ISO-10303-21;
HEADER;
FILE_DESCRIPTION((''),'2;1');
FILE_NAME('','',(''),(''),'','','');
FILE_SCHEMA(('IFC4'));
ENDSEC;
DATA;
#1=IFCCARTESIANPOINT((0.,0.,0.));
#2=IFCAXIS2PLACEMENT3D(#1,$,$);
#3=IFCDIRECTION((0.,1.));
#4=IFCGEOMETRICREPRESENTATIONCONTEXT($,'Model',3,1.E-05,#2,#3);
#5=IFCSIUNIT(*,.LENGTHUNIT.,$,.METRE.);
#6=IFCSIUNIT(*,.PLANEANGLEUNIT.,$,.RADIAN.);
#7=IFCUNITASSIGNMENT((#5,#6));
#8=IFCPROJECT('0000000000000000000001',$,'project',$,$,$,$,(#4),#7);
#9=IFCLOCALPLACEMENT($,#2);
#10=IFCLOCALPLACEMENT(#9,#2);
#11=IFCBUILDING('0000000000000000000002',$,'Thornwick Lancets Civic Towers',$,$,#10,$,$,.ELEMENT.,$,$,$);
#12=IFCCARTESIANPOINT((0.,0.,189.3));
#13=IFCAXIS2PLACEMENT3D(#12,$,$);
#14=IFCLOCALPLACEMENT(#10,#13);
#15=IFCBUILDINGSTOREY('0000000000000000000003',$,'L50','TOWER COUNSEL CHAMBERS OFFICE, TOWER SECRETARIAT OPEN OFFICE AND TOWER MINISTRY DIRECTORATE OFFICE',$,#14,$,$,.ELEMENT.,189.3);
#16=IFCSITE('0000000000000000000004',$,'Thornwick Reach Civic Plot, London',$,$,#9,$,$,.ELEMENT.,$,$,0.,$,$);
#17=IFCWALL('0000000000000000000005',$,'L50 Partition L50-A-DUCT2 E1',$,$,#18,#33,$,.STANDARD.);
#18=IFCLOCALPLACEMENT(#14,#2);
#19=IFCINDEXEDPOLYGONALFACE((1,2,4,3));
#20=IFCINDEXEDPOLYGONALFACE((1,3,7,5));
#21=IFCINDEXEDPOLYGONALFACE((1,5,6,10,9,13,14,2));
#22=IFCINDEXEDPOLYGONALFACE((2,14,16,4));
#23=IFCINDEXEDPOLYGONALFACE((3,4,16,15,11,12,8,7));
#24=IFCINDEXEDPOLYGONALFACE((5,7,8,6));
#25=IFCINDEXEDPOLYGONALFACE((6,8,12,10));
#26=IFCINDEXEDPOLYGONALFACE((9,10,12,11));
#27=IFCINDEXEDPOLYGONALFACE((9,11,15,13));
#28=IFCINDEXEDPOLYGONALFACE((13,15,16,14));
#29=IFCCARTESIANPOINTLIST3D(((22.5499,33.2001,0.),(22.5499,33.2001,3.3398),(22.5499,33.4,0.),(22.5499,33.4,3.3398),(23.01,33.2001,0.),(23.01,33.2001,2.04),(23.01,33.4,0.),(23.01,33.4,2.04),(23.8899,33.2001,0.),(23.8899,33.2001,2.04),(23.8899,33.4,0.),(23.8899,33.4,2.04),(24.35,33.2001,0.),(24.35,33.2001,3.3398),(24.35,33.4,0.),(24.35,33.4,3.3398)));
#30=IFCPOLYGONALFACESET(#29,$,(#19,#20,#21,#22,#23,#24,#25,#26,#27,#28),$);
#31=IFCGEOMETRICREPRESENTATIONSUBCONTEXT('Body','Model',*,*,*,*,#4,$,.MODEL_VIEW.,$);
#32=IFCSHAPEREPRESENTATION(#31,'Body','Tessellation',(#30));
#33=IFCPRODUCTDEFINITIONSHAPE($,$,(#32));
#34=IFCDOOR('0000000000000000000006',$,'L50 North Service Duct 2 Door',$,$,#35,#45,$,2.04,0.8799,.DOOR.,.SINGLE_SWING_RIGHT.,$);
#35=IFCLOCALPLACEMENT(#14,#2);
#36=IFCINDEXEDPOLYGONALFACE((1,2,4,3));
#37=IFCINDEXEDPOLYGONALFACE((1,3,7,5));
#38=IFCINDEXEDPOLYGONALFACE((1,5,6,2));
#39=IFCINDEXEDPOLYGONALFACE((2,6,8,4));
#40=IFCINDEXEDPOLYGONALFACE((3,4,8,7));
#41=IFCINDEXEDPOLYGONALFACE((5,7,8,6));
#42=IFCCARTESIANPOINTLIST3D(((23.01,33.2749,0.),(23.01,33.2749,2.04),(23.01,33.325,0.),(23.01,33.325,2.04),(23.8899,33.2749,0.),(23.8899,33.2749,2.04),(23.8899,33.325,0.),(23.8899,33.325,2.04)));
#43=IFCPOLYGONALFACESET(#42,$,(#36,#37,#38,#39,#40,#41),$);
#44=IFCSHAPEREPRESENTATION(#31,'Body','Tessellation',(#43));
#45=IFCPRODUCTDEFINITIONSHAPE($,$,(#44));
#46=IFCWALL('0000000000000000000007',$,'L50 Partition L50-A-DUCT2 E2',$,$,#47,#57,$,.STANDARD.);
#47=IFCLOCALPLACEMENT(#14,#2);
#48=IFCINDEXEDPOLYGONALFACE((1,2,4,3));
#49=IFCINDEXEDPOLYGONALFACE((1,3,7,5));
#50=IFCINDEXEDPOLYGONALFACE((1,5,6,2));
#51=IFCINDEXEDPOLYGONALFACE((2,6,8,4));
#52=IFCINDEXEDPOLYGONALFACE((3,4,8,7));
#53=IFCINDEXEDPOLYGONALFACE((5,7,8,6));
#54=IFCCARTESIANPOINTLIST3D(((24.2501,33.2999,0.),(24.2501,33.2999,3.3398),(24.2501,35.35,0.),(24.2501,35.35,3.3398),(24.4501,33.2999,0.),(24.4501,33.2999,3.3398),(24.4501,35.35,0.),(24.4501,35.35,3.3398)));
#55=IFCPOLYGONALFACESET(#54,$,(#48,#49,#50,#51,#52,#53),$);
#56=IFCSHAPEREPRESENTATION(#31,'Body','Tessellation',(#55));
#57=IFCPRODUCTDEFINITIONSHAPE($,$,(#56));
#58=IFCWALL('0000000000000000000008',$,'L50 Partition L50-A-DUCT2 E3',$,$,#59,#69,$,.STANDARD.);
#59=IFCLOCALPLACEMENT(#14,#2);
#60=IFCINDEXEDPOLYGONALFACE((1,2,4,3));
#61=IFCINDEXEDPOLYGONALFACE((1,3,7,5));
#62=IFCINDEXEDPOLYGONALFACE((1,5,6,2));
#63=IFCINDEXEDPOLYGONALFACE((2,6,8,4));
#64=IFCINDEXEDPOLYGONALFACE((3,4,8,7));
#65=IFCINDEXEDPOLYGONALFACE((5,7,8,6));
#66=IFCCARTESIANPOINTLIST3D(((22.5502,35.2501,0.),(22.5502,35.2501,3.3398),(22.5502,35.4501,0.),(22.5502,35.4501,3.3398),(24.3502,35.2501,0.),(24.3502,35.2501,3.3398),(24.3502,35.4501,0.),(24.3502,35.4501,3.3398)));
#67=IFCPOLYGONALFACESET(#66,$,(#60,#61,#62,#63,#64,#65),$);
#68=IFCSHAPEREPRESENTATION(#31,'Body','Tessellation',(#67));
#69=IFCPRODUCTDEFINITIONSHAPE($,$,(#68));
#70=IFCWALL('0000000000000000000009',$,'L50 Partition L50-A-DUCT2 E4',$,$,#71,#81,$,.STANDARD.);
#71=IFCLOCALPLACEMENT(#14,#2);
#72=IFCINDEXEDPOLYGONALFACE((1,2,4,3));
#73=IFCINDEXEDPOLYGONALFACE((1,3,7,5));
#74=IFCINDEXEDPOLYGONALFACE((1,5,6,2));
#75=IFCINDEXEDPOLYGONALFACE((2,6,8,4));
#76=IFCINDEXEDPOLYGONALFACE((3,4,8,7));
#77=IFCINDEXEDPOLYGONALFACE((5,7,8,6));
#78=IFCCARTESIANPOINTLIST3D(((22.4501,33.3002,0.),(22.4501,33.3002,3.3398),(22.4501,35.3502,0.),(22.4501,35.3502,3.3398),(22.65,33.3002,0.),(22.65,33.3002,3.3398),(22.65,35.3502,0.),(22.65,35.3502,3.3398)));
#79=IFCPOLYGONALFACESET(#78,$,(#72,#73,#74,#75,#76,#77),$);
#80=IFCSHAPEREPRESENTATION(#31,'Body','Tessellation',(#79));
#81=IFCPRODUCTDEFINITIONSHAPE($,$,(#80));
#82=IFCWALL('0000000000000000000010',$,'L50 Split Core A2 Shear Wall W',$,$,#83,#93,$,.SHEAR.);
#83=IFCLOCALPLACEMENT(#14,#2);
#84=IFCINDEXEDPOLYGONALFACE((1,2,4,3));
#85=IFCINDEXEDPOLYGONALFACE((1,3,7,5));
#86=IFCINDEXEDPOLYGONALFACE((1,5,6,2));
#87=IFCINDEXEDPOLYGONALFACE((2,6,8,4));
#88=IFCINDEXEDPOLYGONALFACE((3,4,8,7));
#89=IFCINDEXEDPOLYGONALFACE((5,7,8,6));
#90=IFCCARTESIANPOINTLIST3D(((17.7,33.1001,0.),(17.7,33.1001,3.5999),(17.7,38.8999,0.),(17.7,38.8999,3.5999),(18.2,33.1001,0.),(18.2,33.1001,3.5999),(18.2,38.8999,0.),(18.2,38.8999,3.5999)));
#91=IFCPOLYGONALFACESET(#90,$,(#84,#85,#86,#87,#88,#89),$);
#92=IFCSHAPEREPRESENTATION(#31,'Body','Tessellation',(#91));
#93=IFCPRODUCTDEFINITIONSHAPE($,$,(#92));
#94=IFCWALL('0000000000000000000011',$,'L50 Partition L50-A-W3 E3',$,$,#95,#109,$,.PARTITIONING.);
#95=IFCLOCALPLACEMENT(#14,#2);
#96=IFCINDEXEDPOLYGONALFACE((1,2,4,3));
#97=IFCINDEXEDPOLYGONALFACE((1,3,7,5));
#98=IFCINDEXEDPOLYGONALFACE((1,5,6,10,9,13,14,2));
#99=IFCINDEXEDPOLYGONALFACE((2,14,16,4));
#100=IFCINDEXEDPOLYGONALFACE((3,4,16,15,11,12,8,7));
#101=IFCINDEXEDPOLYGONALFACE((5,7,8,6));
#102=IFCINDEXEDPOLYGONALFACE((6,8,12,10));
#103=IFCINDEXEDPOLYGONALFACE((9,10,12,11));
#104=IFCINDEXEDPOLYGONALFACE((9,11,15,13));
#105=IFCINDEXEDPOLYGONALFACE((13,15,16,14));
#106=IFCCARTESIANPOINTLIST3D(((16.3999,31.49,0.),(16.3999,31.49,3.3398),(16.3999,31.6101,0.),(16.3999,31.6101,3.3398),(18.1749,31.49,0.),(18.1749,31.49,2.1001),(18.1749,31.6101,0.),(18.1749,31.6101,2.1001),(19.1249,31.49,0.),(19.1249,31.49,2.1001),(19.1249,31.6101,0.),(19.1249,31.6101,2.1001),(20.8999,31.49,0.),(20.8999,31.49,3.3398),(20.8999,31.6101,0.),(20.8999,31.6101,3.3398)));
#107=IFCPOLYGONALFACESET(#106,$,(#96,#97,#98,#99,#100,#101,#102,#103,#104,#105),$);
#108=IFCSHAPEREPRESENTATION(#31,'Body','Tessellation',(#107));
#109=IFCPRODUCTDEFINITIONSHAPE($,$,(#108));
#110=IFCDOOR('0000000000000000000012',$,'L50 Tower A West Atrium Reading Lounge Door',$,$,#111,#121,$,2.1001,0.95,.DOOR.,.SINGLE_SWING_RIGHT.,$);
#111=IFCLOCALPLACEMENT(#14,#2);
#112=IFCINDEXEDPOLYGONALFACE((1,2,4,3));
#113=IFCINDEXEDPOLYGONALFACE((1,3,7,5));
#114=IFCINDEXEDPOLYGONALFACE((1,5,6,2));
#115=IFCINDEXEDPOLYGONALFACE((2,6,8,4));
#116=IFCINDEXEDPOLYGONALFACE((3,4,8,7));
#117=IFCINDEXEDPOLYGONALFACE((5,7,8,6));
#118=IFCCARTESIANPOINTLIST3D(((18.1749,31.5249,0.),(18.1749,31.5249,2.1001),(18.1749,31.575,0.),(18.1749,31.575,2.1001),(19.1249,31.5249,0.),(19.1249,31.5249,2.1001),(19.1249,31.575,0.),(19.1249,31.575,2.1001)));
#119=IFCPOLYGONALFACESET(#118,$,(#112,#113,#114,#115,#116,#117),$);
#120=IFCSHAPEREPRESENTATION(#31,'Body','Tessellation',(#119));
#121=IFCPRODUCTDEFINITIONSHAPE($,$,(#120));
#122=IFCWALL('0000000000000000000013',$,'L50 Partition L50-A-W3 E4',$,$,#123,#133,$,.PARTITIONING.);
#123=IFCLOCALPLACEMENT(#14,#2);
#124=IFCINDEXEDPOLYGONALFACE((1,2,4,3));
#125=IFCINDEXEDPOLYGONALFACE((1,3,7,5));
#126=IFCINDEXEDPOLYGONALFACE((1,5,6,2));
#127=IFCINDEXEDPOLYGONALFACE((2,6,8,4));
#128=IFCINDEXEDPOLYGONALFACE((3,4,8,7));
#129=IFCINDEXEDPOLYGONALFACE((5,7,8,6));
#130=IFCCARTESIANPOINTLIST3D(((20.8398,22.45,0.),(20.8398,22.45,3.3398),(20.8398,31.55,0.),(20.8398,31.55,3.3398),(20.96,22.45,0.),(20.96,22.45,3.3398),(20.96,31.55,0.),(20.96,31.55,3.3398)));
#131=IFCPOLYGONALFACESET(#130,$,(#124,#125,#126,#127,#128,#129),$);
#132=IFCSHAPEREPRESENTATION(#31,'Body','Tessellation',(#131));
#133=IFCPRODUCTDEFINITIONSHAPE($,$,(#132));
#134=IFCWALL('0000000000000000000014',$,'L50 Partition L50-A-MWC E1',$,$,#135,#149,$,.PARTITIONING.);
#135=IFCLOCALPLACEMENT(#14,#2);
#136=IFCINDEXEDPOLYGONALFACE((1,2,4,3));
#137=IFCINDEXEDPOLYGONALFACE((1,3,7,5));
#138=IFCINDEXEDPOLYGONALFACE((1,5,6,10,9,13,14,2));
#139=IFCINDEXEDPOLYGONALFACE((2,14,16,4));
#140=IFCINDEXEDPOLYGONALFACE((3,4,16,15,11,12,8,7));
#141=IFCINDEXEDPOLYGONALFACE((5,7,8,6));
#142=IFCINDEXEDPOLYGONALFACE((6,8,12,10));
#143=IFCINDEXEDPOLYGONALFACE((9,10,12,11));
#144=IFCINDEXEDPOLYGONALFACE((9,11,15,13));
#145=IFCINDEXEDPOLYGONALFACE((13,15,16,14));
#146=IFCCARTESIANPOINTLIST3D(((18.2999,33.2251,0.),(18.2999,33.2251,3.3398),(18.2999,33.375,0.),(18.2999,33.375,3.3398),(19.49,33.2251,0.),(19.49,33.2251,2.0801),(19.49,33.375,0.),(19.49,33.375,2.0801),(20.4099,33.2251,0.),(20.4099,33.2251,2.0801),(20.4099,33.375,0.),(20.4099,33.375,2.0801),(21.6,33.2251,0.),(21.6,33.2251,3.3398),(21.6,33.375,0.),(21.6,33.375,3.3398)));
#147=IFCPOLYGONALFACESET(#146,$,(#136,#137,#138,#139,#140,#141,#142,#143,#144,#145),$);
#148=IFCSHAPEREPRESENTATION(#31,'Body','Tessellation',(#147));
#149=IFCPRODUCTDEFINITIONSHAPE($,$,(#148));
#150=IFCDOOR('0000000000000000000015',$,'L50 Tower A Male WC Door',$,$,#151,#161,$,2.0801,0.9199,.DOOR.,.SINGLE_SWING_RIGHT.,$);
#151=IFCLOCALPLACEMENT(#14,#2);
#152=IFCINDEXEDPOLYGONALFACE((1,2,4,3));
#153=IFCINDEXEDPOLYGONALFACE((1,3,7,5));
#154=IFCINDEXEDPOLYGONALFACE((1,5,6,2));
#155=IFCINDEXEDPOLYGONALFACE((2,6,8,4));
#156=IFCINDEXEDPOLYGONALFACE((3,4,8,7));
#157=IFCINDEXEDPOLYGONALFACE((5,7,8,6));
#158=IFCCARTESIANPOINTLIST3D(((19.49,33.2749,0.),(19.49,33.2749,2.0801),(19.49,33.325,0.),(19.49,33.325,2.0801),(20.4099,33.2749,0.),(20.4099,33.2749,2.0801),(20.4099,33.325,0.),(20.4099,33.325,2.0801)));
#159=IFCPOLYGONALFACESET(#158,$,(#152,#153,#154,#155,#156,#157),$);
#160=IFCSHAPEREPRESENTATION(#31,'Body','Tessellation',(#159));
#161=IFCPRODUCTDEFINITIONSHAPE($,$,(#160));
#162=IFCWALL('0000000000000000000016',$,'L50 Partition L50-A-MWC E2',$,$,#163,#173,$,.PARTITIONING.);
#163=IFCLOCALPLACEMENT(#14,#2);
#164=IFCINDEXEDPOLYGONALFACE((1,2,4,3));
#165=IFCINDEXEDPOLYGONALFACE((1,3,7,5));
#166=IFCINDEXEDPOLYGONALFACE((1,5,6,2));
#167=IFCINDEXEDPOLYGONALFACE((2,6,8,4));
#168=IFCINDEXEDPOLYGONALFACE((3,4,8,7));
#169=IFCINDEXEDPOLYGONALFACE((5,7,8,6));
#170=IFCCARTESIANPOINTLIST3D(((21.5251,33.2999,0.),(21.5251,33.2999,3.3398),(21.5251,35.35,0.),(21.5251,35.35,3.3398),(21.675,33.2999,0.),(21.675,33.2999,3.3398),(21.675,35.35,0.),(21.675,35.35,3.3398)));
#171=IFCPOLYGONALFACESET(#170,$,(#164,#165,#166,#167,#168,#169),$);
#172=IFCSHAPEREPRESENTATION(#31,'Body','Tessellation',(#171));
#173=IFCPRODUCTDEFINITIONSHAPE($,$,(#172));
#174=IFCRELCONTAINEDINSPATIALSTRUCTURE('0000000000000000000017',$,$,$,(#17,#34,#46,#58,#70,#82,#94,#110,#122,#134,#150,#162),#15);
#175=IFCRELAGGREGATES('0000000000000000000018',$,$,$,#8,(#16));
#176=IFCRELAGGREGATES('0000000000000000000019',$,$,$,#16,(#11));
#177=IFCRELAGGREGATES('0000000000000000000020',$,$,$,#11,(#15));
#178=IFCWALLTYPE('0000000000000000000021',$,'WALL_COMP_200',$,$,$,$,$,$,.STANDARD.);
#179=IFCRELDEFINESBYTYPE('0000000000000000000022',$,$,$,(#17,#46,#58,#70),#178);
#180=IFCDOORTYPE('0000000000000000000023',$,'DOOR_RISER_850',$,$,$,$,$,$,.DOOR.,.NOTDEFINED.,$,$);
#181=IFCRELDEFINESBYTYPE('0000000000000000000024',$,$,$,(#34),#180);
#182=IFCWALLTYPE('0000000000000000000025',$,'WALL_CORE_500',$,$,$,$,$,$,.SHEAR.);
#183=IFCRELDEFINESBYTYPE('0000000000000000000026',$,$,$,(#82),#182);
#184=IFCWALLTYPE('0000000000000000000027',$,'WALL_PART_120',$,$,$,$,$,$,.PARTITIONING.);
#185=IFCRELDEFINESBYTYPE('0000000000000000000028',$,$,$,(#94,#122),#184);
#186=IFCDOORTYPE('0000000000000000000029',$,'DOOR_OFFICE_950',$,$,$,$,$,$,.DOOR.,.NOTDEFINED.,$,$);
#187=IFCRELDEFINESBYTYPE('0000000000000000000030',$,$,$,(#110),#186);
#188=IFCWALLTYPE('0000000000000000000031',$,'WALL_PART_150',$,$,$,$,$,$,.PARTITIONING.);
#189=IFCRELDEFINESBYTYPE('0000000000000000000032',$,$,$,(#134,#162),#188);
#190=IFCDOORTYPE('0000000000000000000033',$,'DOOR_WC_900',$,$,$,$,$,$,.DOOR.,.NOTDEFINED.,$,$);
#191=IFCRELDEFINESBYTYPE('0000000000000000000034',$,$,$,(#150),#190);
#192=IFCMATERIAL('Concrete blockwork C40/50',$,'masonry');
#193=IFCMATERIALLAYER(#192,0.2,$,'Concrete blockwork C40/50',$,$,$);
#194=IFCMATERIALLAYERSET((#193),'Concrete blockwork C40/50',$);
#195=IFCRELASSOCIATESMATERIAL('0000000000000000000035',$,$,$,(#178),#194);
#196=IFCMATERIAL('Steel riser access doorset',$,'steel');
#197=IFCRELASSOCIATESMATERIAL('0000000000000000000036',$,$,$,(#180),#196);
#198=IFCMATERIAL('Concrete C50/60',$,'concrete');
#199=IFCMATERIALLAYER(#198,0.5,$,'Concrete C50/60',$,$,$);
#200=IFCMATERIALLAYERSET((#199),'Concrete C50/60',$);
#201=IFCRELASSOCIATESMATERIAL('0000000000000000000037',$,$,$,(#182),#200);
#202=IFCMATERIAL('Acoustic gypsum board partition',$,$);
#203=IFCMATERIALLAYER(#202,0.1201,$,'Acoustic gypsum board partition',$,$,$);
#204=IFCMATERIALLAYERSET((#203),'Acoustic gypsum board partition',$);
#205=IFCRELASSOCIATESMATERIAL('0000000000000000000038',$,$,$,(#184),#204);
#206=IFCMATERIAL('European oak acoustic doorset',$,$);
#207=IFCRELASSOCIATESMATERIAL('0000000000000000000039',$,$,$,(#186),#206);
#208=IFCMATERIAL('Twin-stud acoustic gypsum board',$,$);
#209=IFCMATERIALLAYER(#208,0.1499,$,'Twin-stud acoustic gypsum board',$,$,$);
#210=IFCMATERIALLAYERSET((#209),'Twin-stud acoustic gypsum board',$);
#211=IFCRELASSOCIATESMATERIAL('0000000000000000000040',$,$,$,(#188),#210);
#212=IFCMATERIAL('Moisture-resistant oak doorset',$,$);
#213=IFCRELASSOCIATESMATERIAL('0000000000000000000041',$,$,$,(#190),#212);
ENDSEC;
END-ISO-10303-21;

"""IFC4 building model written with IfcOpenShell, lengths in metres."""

from ifc_helpers import new_model, si_unit, direction, frame, frame_2d, origin, place, context, subcontext, project, spatial, rectangle, extrude, material, layer, layer_set, type_object, element, fill, save


model = new_model("IFC4")

# Units and contexts
model_context = context("Model", 3, precision=1e-05, world=origin(), true_north=direction((0.0, 1.0)))
body_context = subcontext(model_context, "Body", "Model", "MODEL_VIEW")
ifc_project = project(units=[si_unit("LENGTHUNIT", "METRE"), si_unit("PLANEANGLEUNIT", "RADIAN")], contexts=[model_context])

# Site, building, storey
site_placement = place(None, origin())
site = spatial("IfcSite", under=ifc_project, at=site_placement, Name="Thornwick Reach Civic Plot, London", CompositionType="ELEMENT", RefElevation=0.0)
building_placement = place(site_placement, origin())
building = spatial("IfcBuilding", under=site, at=building_placement, Name="Thornwick Lancets Civic Towers", CompositionType="ELEMENT")
storey_placement = place(building_placement, frame((0.0, 0.0, 189.3)))
storey = spatial("IfcBuildingStorey", under=building, at=storey_placement, Name="L50", Description="TOWER COUNSEL CHAMBERS OFFICE, TOWER SECRETARIAT OPEN OFFICE AND TOWER MINISTRY DIRECTORATE OFFICE", CompositionType="ELEMENT", Elevation=189.3)

# Shared definitions
ifc_material_1 = material(Name="Concrete C50/60", Category="concrete")

# Shared definitions
ifc_material_2 = material(Name="Concrete blockwork C40/50", Category="masonry")
ifc_layer_1 = layer(ifc_material_2, 0.2, Name="Concrete blockwork C40/50")
ifc_layer_set_1 = layer_set([ifc_layer_1], Name="Concrete blockwork C40/50")
wall_type_1 = type_object("IfcWallType", Name="WALL_COMP_200", PredefinedType="STANDARD", material=ifc_layer_set_1)

# Wall, opening, door
wall_1_placement = place(storey_placement, frame((22.55, 33.3, 0.0), z_axis=(0.0, 0.0, 1.0), x_axis=(1.0, 0.0, 0.0)))
wall_1 = element("IfcWall", 1, at=wall_1_placement, inside=storey, type_object=wall_type_1, Name="L50 Partition L50-A-DUCT2 E1", PredefinedType="STANDARD", context=body_context, shape_type="SweptSolid", body=[
    extrude(rectangle(XDim=1.8, YDim=0.2, at=frame_2d((0.8999, 0.0))), origin(), (0.0, 0.0, 1.0), 3.3398),
])
opening_1_placement = place(wall_1_placement, frame((0.46, 0.0, 0.0)))
opening_1 = element("IfcOpeningElement", 2, at=opening_1_placement, cuts=wall_1, PredefinedType="OPENING", context=body_context, shape_type="SweptSolid", body=[
    extrude(rectangle(XDim=0.8799, YDim=2.04, at=frame_2d((0.4399, 1.02))), frame((0.0, 0.1099, 0.0), z_axis=(0.0, -1.0, 0.0), x_axis=(1.0, 0.0, 0.0)), (0.0, 0.0, 1.0), 0.22),
])
ifc_material_3 = material(Name="Steel riser access doorset", Category="steel")
door_type_1 = type_object("IfcDoorType", Name="DOOR_RISER_850", OperationType="NOTDEFINED", PredefinedType="DOOR", material=ifc_material_3)
door_1_placement = place(opening_1_placement, origin())
door_1 = element("IfcDoor", 3, at=door_1_placement, inside=storey, type_object=door_type_1, Name="L50 North Service Duct 2 Door", OperationType="SINGLE_SWING_RIGHT", OverallHeight=2.04, OverallWidth=0.8799, PredefinedType="DOOR", context=body_context, shape_type="SweptSolid", body=[
    extrude(rectangle(XDim=0.8799, YDim=2.04, at=frame_2d((0.4399, 1.02))), frame((0.0, 0.0249, 0.0), z_axis=(0.0, -1.0, 0.0), x_axis=(1.0, 0.0, 0.0)), (0.0, 0.0, 1.0), 0.05),
])
fill(opening_1, door_1)

# Walls
wall_2_placement = place(storey_placement, frame((24.3501, 33.3, 0.0), z_axis=(0.0, 0.0, 1.0), x_axis=(0.0, 1.0, 0.0)))
element("IfcWall", 4, at=wall_2_placement, inside=storey, type_object=wall_type_1, Name="L50 Partition L50-A-DUCT2 E2", PredefinedType="STANDARD", context=body_context, shape_type="SweptSolid", body=[
    extrude(rectangle(XDim=2.05, YDim=0.2, at=frame_2d((1.0249, 0.0))), origin(), (0.0, 0.0, 1.0), 3.3398),
])
wall_3_placement = place(storey_placement, frame((24.3501, 35.3501, 0.0), z_axis=(0.0, 0.0, 1.0), x_axis=(-1.0, 0.0, 0.0)))
element("IfcWall", 5, at=wall_3_placement, inside=storey, type_object=wall_type_1, Name="L50 Partition L50-A-DUCT2 E3", PredefinedType="STANDARD", context=body_context, shape_type="SweptSolid", body=[
    extrude(rectangle(XDim=1.8, YDim=0.2, at=frame_2d((0.8999, 0.0))), origin(), (0.0, 0.0, 1.0), 3.3398),
])
wall_4_placement = place(storey_placement, frame((22.55, 35.3501, 0.0), z_axis=(0.0, 0.0, 1.0), x_axis=(0.0, -1.0, 0.0)))
element("IfcWall", 6, at=wall_4_placement, inside=storey, type_object=wall_type_1, Name="L50 Partition L50-A-DUCT2 E4", PredefinedType="STANDARD", context=body_context, shape_type="SweptSolid", body=[
    extrude(rectangle(XDim=2.05, YDim=0.2, at=frame_2d((1.0249, 0.0))), origin(), (0.0, 0.0, 1.0), 3.3398),
])
ifc_layer_2 = layer(ifc_material_1, 0.5, Name="Concrete C50/60")
ifc_layer_set_2 = layer_set([ifc_layer_2], Name="Concrete C50/60")
wall_type_2 = type_object("IfcWallType", Name="WALL_CORE_500", PredefinedType="SHEAR", material=ifc_layer_set_2)
wall_5_placement = place(storey_placement, frame((17.95, 33.1001, 0.0), z_axis=(0.0, 0.0, 1.0), x_axis=(0.0, 1.0, 0.0)))
element("IfcWall", 7, at=wall_5_placement, inside=storey, type_object=wall_type_2, Name="L50 Split Core A2 Shear Wall W", PredefinedType="SHEAR", context=body_context, shape_type="SweptSolid", body=[
    extrude(rectangle(XDim=5.7998, YDim=0.5, at=frame_2d((2.8999, 0.0))), origin(), (0.0, 0.0, 1.0), 3.5999),
])

# Wall, opening, door
ifc_material_4 = material(Name="Acoustic gypsum board partition")
ifc_layer_3 = layer(ifc_material_4, 0.1201, Name="Acoustic gypsum board partition")
ifc_layer_set_3 = layer_set([ifc_layer_3], Name="Acoustic gypsum board partition")
wall_type_3 = type_object("IfcWallType", Name="WALL_PART_120", PredefinedType="PARTITIONING", material=ifc_layer_set_3)
wall_6_placement = place(storey_placement, frame((16.3999, 31.55, 0.0), z_axis=(0.0, 0.0, 1.0), x_axis=(1.0, 0.0, 0.0)))
wall_6 = element("IfcWall", 8, at=wall_6_placement, inside=storey, type_object=wall_type_3, Name="L50 Partition L50-A-W3 E3", PredefinedType="PARTITIONING", context=body_context, shape_type="SweptSolid", body=[
    extrude(rectangle(XDim=4.5, YDim=0.1201, at=frame_2d((2.25, 0.0))), origin(), (0.0, 0.0, 1.0), 3.3398),
])
opening_2_placement = place(wall_6_placement, frame((1.7749, 0.0, 0.0)))
opening_2 = element("IfcOpeningElement", 9, at=opening_2_placement, cuts=wall_6, PredefinedType="OPENING", context=body_context, shape_type="SweptSolid", body=[
    extrude(rectangle(XDim=0.95, YDim=2.1001, at=frame_2d((0.4751, 1.05))), frame((0.0, 0.0701, 0.0), z_axis=(0.0, -1.0, 0.0), x_axis=(1.0, 0.0, 0.0)), (0.0, 0.0, 1.0), 0.1401),
])
ifc_material_5 = material(Name="European oak acoustic doorset")
door_type_2 = type_object("IfcDoorType", Name="DOOR_OFFICE_950", OperationType="NOTDEFINED", PredefinedType="DOOR", material=ifc_material_5)
door_2_placement = place(opening_2_placement, origin())
door_2 = element("IfcDoor", 10, at=door_2_placement, inside=storey, type_object=door_type_2, Name="L50 Tower A West Atrium Reading Lounge Door", OperationType="SINGLE_SWING_RIGHT", OverallHeight=2.1001, OverallWidth=0.95, PredefinedType="DOOR", context=body_context, shape_type="SweptSolid", body=[
    extrude(rectangle(XDim=0.95, YDim=2.1001, at=frame_2d((0.4751, 1.05))), frame((0.0, 0.0249, 0.0), z_axis=(0.0, -1.0, 0.0), x_axis=(1.0, 0.0, 0.0)), (0.0, 0.0, 1.0), 0.05),
])
fill(opening_2, door_2)

# Wall
wall_7_placement = place(storey_placement, frame((20.8999, 31.55, 0.0), z_axis=(0.0, 0.0, 1.0), x_axis=(0.0, -1.0, 0.0)))
element("IfcWall", 11, at=wall_7_placement, inside=storey, type_object=wall_type_3, Name="L50 Partition L50-A-W3 E4", PredefinedType="PARTITIONING", context=body_context, shape_type="SweptSolid", body=[
    extrude(rectangle(XDim=9.1001, YDim=0.1201, at=frame_2d((4.55, 0.0))), origin(), (0.0, 0.0, 1.0), 3.3398),
])

# Wall, opening, door
ifc_material_6 = material(Name="Twin-stud acoustic gypsum board")
ifc_layer_4 = layer(ifc_material_6, 0.1499, Name="Twin-stud acoustic gypsum board")
ifc_layer_set_4 = layer_set([ifc_layer_4], Name="Twin-stud acoustic gypsum board")
wall_type_4 = type_object("IfcWallType", Name="WALL_PART_150", PredefinedType="PARTITIONING", material=ifc_layer_set_4)
wall_8_placement = place(storey_placement, frame((18.3, 33.3, 0.0), z_axis=(0.0, 0.0, 1.0), x_axis=(1.0, 0.0, 0.0)))
wall_8 = element("IfcWall", 12, at=wall_8_placement, inside=storey, type_object=wall_type_4, Name="L50 Partition L50-A-MWC E1", PredefinedType="PARTITIONING", context=body_context, shape_type="SweptSolid", body=[
    extrude(rectangle(XDim=3.3, YDim=0.1499, at=frame_2d((1.6499, 0.0))), origin(), (0.0, 0.0, 1.0), 3.3398),
])
opening_3_placement = place(wall_8_placement, frame((1.1899, 0.0, 0.0)))
opening_3 = element("IfcOpeningElement", 13, at=opening_3_placement, cuts=wall_8, PredefinedType="OPENING", context=body_context, shape_type="SweptSolid", body=[
    extrude(rectangle(XDim=0.9199, YDim=2.0801, at=frame_2d((0.46, 1.04))), frame((0.0, 0.085, 0.0), z_axis=(0.0, -1.0, 0.0), x_axis=(1.0, 0.0, 0.0)), (0.0, 0.0, 1.0), 0.1699),
])
ifc_material_7 = material(Name="Moisture-resistant oak doorset")
door_type_3 = type_object("IfcDoorType", Name="DOOR_WC_900", OperationType="NOTDEFINED", PredefinedType="DOOR", material=ifc_material_7)
door_3_placement = place(opening_3_placement, origin())
door_3 = element("IfcDoor", 14, at=door_3_placement, inside=storey, type_object=door_type_3, Name="L50 Tower A Male WC Door", OperationType="SINGLE_SWING_RIGHT", OverallHeight=2.0801, OverallWidth=0.9199, PredefinedType="DOOR", context=body_context, shape_type="SweptSolid", body=[
    extrude(rectangle(XDim=0.9199, YDim=2.0801, at=frame_2d((0.46, 1.04))), frame((0.0, 0.0249, 0.0), z_axis=(0.0, -1.0, 0.0), x_axis=(1.0, 0.0, 0.0)), (0.0, 0.0, 1.0), 0.05),
])
fill(opening_3, door_3)

# Wall
wall_9_placement = place(storey_placement, frame((21.6001, 33.3, 0.0), z_axis=(0.0, 0.0, 1.0), x_axis=(0.0, 1.0, 0.0)))
element("IfcWall", 15, at=wall_9_placement, inside=storey, type_object=wall_type_4, Name="L50 Partition L50-A-MWC E2", PredefinedType="PARTITIONING", context=body_context, shape_type="SweptSolid", body=[
    extrude(rectangle(XDim=2.05, YDim=0.1499, at=frame_2d((1.0249, 0.0))), origin(), (0.0, 0.0, 1.0), 3.3398),
])

save(model, "model.ifc")
